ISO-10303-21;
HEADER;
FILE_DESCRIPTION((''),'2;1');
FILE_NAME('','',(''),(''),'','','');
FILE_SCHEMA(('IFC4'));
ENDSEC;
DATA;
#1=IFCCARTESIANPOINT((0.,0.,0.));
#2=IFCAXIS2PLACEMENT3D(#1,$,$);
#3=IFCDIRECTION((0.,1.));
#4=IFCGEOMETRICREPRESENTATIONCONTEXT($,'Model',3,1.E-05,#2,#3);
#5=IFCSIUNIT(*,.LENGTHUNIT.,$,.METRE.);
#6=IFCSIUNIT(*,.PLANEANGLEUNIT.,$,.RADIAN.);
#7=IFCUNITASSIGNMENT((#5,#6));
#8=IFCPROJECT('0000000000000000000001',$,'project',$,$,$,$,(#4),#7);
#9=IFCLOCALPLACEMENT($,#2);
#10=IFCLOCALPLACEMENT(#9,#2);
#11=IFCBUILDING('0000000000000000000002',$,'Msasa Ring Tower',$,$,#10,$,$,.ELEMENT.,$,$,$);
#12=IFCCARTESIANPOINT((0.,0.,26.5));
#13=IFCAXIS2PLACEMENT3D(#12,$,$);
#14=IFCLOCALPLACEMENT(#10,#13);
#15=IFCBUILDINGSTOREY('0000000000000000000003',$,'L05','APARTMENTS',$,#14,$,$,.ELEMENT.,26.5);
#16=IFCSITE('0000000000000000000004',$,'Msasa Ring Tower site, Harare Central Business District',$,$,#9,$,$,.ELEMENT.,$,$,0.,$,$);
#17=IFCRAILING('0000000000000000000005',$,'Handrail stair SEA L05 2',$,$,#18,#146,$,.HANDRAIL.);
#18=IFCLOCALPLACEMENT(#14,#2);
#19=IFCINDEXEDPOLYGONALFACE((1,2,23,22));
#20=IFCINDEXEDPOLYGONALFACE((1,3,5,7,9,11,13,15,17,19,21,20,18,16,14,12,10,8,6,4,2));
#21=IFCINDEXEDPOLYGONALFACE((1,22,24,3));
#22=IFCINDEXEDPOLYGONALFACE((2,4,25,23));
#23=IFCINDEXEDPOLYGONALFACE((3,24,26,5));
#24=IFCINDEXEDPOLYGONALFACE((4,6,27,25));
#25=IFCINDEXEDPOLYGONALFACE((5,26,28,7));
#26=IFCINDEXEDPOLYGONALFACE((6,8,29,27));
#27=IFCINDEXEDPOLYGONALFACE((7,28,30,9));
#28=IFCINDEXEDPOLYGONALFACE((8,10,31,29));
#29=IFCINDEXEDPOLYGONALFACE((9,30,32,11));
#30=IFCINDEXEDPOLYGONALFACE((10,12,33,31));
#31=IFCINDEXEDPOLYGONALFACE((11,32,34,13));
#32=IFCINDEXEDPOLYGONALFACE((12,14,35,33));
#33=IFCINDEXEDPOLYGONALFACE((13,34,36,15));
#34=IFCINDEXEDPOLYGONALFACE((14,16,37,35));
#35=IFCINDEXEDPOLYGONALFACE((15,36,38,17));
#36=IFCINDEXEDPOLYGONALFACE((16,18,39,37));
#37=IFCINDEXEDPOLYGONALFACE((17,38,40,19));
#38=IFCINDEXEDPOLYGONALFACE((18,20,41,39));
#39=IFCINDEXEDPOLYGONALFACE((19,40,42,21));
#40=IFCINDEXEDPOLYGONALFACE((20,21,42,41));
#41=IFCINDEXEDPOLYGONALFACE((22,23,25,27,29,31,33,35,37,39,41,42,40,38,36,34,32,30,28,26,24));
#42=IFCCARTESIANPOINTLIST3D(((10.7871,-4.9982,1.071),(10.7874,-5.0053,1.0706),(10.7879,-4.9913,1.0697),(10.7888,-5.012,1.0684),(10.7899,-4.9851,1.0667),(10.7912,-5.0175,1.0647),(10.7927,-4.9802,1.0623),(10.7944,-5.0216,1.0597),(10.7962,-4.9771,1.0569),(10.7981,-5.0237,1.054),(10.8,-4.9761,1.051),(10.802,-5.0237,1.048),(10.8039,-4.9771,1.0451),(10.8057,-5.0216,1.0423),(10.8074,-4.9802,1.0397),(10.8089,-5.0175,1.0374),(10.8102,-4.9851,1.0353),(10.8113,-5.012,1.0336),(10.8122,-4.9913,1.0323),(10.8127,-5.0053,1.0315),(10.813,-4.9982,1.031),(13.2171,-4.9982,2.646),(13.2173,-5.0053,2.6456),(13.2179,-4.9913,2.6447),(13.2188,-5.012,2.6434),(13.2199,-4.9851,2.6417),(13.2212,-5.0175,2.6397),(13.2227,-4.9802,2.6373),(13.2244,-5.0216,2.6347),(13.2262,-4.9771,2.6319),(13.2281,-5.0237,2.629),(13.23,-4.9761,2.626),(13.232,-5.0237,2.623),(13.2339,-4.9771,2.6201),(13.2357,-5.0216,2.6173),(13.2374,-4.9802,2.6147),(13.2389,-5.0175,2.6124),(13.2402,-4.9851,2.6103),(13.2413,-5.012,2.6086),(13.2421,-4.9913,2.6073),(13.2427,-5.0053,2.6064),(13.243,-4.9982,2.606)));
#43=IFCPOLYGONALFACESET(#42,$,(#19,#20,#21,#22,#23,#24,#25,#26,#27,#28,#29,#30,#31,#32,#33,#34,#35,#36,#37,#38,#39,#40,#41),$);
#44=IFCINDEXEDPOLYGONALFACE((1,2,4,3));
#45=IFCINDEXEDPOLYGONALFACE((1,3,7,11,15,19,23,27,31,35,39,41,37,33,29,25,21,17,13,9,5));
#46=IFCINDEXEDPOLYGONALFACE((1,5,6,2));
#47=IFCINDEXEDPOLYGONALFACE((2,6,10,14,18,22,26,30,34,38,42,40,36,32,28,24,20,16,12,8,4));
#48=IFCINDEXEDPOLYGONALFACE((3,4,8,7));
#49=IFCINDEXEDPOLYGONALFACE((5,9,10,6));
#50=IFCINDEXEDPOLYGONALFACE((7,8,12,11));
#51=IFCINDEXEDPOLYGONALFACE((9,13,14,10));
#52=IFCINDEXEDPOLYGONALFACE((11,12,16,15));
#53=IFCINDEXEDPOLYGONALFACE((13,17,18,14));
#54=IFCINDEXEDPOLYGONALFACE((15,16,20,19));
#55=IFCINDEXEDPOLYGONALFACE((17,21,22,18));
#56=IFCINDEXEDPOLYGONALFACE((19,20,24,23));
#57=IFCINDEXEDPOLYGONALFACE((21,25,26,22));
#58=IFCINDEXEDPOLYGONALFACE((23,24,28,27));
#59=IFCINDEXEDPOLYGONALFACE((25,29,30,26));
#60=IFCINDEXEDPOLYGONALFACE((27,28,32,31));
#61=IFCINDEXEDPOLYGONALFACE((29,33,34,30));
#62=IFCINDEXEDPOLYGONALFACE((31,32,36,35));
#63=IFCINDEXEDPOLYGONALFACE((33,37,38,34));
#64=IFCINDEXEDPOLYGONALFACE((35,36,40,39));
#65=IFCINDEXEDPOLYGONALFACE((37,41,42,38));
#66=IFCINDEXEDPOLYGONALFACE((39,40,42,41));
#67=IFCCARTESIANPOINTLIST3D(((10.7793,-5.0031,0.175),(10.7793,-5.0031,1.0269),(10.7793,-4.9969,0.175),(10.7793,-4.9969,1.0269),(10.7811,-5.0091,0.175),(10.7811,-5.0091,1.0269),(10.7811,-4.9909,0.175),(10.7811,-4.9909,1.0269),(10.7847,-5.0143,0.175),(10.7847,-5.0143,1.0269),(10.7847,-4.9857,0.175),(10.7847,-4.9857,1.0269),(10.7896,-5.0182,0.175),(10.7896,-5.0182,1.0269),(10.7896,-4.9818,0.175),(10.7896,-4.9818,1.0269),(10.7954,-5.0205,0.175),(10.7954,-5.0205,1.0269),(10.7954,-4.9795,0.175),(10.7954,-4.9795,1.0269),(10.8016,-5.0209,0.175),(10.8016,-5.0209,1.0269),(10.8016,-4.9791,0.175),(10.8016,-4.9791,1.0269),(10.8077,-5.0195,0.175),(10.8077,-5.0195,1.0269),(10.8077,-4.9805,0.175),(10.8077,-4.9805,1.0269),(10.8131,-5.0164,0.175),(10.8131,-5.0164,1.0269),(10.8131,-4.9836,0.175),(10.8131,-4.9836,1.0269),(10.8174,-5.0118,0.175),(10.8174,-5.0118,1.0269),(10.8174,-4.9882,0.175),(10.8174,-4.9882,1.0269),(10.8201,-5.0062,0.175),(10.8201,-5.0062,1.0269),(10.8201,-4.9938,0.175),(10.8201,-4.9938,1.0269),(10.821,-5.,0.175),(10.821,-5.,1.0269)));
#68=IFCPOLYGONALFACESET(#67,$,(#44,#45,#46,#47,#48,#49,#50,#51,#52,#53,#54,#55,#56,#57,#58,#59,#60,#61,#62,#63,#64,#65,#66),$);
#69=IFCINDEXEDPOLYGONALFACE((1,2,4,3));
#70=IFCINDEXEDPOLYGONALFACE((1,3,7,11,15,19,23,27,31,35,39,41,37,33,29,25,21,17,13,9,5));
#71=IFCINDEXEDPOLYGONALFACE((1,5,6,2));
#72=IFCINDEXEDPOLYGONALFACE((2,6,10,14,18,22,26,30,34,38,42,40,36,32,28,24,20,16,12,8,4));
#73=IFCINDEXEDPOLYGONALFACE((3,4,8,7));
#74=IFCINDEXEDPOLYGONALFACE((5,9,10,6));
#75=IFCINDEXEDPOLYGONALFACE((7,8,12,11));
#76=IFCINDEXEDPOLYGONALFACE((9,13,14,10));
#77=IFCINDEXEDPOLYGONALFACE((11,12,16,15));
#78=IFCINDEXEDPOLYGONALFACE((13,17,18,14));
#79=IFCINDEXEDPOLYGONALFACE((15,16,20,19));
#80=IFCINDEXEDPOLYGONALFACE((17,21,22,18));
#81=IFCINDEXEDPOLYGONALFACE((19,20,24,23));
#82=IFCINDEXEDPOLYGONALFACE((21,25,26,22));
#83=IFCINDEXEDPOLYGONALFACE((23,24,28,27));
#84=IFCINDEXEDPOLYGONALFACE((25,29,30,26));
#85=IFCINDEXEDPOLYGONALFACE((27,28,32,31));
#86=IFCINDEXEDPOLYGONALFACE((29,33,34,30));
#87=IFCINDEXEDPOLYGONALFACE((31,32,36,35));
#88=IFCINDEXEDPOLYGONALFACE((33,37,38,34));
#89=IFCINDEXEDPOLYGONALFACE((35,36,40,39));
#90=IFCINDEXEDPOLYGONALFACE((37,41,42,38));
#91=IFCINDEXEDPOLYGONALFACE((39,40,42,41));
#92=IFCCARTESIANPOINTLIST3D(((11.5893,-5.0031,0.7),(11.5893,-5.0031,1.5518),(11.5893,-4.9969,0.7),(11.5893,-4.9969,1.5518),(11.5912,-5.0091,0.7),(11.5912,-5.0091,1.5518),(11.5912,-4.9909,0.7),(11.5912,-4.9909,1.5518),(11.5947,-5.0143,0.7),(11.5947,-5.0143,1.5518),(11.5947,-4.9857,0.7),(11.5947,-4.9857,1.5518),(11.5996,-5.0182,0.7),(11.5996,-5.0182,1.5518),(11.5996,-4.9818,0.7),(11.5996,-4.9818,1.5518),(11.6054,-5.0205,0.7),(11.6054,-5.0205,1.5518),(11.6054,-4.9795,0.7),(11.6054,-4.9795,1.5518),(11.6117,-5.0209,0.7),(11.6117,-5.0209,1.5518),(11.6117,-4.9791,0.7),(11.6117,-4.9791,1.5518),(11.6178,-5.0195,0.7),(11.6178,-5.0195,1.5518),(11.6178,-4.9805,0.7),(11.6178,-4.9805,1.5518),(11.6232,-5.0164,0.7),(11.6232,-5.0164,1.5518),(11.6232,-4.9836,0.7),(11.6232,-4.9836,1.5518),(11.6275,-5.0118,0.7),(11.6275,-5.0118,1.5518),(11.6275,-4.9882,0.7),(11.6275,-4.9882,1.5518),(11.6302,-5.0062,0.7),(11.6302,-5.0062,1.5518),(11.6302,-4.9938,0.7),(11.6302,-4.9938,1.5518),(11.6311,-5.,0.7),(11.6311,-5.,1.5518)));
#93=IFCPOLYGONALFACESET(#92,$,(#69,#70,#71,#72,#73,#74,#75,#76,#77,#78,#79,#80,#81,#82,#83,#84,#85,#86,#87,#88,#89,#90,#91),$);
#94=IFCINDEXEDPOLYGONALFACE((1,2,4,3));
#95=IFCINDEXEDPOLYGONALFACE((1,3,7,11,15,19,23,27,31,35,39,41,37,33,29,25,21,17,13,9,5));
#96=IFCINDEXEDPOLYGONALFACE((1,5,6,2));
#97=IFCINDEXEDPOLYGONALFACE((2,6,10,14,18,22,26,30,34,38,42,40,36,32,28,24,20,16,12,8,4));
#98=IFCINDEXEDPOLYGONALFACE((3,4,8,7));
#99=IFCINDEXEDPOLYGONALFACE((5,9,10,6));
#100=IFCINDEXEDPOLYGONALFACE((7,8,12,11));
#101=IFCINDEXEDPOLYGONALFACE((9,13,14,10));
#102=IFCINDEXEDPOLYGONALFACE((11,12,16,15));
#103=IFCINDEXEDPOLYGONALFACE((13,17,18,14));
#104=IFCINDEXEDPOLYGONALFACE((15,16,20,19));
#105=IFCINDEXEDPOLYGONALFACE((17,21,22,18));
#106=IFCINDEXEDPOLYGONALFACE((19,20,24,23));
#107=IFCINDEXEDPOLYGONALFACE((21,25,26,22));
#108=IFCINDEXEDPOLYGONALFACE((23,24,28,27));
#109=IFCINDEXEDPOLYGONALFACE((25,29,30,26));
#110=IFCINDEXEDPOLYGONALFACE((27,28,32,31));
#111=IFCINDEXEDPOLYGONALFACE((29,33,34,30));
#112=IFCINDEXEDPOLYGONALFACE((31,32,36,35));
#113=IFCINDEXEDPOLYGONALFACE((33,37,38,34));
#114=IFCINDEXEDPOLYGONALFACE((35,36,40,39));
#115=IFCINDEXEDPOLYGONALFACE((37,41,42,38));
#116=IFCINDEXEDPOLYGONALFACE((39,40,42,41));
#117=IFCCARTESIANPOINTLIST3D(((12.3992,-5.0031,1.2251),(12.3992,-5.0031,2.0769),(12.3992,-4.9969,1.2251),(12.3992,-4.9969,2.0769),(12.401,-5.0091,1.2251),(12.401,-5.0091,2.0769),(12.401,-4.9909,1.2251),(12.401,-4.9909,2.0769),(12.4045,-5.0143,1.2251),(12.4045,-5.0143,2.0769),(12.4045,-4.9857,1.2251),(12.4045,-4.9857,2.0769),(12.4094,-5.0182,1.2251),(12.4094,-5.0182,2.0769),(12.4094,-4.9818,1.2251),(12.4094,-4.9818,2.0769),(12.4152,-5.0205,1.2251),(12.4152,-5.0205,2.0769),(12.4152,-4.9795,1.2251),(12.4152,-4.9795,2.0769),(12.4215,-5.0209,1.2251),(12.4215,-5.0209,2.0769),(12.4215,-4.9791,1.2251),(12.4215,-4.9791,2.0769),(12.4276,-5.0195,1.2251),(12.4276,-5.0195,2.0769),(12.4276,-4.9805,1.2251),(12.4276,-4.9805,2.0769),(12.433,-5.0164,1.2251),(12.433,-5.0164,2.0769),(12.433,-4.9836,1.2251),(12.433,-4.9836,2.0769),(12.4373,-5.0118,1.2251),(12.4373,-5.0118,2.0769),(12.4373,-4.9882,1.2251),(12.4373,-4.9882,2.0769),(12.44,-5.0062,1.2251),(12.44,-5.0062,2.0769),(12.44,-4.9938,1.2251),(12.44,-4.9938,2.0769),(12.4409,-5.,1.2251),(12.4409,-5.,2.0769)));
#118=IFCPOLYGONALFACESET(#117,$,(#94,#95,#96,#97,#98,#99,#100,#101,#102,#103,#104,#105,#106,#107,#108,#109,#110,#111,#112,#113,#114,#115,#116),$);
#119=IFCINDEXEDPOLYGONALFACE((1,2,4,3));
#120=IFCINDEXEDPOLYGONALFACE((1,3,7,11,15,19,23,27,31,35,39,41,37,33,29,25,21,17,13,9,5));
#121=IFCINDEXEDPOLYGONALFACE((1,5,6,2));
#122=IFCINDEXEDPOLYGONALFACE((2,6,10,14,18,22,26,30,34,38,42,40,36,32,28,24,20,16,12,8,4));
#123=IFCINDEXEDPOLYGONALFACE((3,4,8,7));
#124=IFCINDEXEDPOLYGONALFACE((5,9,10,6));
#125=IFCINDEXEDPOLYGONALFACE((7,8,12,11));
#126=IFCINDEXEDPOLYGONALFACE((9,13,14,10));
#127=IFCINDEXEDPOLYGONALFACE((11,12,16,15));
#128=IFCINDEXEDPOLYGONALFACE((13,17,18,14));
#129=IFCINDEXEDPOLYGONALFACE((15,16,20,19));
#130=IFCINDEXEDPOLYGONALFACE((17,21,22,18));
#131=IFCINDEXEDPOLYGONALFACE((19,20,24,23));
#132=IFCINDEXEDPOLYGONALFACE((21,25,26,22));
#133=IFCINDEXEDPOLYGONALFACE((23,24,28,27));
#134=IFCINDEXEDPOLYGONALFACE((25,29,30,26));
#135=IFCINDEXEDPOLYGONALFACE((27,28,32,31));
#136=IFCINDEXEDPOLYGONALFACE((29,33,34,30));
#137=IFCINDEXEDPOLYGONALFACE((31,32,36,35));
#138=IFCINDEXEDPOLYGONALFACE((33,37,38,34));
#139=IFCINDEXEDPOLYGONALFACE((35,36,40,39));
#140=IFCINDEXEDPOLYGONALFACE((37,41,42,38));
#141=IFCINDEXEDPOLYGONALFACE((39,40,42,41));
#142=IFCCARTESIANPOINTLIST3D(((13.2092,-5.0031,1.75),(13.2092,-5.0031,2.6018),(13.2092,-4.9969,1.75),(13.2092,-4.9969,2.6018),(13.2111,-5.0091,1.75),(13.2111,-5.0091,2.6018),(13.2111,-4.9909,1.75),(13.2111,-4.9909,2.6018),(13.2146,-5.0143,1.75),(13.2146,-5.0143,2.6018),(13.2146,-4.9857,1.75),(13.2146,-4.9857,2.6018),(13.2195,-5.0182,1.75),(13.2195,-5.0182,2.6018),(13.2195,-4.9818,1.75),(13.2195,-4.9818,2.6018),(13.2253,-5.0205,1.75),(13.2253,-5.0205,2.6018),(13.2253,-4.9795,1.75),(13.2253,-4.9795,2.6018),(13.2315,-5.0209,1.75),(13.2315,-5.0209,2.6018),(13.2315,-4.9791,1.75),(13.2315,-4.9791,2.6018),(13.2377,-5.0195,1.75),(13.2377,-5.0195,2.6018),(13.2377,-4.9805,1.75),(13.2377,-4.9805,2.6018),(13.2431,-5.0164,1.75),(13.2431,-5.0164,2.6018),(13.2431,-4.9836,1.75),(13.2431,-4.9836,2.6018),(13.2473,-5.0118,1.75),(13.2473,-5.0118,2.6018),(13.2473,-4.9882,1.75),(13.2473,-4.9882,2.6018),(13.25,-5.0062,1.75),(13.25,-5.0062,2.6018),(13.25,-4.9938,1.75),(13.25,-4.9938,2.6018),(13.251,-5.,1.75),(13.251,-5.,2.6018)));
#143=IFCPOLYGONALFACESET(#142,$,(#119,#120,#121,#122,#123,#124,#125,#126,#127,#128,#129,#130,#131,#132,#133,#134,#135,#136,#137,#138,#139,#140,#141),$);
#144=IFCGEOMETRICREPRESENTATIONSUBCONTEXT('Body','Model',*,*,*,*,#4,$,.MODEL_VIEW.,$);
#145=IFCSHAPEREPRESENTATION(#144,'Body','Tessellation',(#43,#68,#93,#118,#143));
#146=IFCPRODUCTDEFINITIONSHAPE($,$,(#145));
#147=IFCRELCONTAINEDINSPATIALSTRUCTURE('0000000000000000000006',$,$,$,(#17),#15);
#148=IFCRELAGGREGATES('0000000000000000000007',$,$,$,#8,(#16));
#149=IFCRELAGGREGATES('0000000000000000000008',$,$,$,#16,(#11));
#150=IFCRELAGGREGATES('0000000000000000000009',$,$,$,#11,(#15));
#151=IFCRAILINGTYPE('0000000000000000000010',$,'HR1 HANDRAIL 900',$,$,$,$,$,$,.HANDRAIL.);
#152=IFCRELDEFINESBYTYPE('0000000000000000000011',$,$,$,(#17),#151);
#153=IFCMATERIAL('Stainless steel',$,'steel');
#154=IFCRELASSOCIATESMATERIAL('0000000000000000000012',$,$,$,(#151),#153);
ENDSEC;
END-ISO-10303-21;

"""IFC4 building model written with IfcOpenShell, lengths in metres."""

from ifc_helpers import new_model, si_unit, direction, frame, origin, origin_2d, place, context, subcontext, project, spatial, circle, extrude, material, type_object, element, save


model = new_model("IFC4")

# Units and contexts
model_context = context("Model", 3, precision=1e-05, world=origin(), true_north=direction((0.0, 1.0)))
body_context = subcontext(model_context, "Body", "Model", "MODEL_VIEW")
ifc_project = project(units=[si_unit("LENGTHUNIT", "METRE"), si_unit("PLANEANGLEUNIT", "RADIAN")], contexts=[model_context])

# Site, building, storey
site_placement = place(None, origin())
site = spatial("IfcSite", under=ifc_project, at=site_placement, Name="Msasa Ring Tower site, Harare Central Business District", CompositionType="ELEMENT", RefElevation=0.0)
building_placement = place(site_placement, origin())
building = spatial("IfcBuilding", under=site, at=building_placement, Name="Msasa Ring Tower", CompositionType="ELEMENT")
storey_placement = place(building_placement, frame((0.0, 0.0, 26.5)))
storey = spatial("IfcBuildingStorey", under=building, at=storey_placement, Name="L05", Description="APARTMENTS", CompositionType="ELEMENT", Elevation=26.5)

# Railing
ifc_material_1 = material(Name="Stainless steel", Category="steel")
railing_type = type_object("IfcRailingType", Name="HR1 HANDRAIL 900", PredefinedType="HANDRAIL", material=ifc_material_1)
for number, where, name in (
    (1, (10.8, -5.0, 0.175), "Handrail stair SEA L05 2"),
):
    element("IfcRailing", number, at=place(storey_placement, frame(where)), inside=storey, type_object=railing_type, Name=name, PredefinedType="HANDRAIL", context=body_context, shape_type="SweptSolid", body=[
        extrude(circle(Radius=0.0239, at=origin_2d()), frame((0.0, 0.0, 0.876), z_axis=(0.839154, 0.0, 0.543894), x_axis=(0.0, 1.0, 0.0)), (0.0, 0.0, 1.0), 2.8958),
        extrude(circle(Radius=0.021, at=origin_2d()), origin(), (0.0, 0.0, 1.0), 0.8518),
        extrude(circle(Radius=0.021, at=origin_2d()), frame((0.8101, 0.0, 0.5249)), (0.0, 0.0, 1.0), 0.8518),
        extrude(circle(Radius=0.021, at=origin_2d()), frame((1.6199, 0.0, 1.05)), (0.0, 0.0, 1.0), 0.8518),
        extrude(circle(Radius=0.021, at=origin_2d()), frame((2.4299, 0.0, 1.575)), (0.0, 0.0, 1.0), 0.8518),
    ])

save(model, "model.ifc")
